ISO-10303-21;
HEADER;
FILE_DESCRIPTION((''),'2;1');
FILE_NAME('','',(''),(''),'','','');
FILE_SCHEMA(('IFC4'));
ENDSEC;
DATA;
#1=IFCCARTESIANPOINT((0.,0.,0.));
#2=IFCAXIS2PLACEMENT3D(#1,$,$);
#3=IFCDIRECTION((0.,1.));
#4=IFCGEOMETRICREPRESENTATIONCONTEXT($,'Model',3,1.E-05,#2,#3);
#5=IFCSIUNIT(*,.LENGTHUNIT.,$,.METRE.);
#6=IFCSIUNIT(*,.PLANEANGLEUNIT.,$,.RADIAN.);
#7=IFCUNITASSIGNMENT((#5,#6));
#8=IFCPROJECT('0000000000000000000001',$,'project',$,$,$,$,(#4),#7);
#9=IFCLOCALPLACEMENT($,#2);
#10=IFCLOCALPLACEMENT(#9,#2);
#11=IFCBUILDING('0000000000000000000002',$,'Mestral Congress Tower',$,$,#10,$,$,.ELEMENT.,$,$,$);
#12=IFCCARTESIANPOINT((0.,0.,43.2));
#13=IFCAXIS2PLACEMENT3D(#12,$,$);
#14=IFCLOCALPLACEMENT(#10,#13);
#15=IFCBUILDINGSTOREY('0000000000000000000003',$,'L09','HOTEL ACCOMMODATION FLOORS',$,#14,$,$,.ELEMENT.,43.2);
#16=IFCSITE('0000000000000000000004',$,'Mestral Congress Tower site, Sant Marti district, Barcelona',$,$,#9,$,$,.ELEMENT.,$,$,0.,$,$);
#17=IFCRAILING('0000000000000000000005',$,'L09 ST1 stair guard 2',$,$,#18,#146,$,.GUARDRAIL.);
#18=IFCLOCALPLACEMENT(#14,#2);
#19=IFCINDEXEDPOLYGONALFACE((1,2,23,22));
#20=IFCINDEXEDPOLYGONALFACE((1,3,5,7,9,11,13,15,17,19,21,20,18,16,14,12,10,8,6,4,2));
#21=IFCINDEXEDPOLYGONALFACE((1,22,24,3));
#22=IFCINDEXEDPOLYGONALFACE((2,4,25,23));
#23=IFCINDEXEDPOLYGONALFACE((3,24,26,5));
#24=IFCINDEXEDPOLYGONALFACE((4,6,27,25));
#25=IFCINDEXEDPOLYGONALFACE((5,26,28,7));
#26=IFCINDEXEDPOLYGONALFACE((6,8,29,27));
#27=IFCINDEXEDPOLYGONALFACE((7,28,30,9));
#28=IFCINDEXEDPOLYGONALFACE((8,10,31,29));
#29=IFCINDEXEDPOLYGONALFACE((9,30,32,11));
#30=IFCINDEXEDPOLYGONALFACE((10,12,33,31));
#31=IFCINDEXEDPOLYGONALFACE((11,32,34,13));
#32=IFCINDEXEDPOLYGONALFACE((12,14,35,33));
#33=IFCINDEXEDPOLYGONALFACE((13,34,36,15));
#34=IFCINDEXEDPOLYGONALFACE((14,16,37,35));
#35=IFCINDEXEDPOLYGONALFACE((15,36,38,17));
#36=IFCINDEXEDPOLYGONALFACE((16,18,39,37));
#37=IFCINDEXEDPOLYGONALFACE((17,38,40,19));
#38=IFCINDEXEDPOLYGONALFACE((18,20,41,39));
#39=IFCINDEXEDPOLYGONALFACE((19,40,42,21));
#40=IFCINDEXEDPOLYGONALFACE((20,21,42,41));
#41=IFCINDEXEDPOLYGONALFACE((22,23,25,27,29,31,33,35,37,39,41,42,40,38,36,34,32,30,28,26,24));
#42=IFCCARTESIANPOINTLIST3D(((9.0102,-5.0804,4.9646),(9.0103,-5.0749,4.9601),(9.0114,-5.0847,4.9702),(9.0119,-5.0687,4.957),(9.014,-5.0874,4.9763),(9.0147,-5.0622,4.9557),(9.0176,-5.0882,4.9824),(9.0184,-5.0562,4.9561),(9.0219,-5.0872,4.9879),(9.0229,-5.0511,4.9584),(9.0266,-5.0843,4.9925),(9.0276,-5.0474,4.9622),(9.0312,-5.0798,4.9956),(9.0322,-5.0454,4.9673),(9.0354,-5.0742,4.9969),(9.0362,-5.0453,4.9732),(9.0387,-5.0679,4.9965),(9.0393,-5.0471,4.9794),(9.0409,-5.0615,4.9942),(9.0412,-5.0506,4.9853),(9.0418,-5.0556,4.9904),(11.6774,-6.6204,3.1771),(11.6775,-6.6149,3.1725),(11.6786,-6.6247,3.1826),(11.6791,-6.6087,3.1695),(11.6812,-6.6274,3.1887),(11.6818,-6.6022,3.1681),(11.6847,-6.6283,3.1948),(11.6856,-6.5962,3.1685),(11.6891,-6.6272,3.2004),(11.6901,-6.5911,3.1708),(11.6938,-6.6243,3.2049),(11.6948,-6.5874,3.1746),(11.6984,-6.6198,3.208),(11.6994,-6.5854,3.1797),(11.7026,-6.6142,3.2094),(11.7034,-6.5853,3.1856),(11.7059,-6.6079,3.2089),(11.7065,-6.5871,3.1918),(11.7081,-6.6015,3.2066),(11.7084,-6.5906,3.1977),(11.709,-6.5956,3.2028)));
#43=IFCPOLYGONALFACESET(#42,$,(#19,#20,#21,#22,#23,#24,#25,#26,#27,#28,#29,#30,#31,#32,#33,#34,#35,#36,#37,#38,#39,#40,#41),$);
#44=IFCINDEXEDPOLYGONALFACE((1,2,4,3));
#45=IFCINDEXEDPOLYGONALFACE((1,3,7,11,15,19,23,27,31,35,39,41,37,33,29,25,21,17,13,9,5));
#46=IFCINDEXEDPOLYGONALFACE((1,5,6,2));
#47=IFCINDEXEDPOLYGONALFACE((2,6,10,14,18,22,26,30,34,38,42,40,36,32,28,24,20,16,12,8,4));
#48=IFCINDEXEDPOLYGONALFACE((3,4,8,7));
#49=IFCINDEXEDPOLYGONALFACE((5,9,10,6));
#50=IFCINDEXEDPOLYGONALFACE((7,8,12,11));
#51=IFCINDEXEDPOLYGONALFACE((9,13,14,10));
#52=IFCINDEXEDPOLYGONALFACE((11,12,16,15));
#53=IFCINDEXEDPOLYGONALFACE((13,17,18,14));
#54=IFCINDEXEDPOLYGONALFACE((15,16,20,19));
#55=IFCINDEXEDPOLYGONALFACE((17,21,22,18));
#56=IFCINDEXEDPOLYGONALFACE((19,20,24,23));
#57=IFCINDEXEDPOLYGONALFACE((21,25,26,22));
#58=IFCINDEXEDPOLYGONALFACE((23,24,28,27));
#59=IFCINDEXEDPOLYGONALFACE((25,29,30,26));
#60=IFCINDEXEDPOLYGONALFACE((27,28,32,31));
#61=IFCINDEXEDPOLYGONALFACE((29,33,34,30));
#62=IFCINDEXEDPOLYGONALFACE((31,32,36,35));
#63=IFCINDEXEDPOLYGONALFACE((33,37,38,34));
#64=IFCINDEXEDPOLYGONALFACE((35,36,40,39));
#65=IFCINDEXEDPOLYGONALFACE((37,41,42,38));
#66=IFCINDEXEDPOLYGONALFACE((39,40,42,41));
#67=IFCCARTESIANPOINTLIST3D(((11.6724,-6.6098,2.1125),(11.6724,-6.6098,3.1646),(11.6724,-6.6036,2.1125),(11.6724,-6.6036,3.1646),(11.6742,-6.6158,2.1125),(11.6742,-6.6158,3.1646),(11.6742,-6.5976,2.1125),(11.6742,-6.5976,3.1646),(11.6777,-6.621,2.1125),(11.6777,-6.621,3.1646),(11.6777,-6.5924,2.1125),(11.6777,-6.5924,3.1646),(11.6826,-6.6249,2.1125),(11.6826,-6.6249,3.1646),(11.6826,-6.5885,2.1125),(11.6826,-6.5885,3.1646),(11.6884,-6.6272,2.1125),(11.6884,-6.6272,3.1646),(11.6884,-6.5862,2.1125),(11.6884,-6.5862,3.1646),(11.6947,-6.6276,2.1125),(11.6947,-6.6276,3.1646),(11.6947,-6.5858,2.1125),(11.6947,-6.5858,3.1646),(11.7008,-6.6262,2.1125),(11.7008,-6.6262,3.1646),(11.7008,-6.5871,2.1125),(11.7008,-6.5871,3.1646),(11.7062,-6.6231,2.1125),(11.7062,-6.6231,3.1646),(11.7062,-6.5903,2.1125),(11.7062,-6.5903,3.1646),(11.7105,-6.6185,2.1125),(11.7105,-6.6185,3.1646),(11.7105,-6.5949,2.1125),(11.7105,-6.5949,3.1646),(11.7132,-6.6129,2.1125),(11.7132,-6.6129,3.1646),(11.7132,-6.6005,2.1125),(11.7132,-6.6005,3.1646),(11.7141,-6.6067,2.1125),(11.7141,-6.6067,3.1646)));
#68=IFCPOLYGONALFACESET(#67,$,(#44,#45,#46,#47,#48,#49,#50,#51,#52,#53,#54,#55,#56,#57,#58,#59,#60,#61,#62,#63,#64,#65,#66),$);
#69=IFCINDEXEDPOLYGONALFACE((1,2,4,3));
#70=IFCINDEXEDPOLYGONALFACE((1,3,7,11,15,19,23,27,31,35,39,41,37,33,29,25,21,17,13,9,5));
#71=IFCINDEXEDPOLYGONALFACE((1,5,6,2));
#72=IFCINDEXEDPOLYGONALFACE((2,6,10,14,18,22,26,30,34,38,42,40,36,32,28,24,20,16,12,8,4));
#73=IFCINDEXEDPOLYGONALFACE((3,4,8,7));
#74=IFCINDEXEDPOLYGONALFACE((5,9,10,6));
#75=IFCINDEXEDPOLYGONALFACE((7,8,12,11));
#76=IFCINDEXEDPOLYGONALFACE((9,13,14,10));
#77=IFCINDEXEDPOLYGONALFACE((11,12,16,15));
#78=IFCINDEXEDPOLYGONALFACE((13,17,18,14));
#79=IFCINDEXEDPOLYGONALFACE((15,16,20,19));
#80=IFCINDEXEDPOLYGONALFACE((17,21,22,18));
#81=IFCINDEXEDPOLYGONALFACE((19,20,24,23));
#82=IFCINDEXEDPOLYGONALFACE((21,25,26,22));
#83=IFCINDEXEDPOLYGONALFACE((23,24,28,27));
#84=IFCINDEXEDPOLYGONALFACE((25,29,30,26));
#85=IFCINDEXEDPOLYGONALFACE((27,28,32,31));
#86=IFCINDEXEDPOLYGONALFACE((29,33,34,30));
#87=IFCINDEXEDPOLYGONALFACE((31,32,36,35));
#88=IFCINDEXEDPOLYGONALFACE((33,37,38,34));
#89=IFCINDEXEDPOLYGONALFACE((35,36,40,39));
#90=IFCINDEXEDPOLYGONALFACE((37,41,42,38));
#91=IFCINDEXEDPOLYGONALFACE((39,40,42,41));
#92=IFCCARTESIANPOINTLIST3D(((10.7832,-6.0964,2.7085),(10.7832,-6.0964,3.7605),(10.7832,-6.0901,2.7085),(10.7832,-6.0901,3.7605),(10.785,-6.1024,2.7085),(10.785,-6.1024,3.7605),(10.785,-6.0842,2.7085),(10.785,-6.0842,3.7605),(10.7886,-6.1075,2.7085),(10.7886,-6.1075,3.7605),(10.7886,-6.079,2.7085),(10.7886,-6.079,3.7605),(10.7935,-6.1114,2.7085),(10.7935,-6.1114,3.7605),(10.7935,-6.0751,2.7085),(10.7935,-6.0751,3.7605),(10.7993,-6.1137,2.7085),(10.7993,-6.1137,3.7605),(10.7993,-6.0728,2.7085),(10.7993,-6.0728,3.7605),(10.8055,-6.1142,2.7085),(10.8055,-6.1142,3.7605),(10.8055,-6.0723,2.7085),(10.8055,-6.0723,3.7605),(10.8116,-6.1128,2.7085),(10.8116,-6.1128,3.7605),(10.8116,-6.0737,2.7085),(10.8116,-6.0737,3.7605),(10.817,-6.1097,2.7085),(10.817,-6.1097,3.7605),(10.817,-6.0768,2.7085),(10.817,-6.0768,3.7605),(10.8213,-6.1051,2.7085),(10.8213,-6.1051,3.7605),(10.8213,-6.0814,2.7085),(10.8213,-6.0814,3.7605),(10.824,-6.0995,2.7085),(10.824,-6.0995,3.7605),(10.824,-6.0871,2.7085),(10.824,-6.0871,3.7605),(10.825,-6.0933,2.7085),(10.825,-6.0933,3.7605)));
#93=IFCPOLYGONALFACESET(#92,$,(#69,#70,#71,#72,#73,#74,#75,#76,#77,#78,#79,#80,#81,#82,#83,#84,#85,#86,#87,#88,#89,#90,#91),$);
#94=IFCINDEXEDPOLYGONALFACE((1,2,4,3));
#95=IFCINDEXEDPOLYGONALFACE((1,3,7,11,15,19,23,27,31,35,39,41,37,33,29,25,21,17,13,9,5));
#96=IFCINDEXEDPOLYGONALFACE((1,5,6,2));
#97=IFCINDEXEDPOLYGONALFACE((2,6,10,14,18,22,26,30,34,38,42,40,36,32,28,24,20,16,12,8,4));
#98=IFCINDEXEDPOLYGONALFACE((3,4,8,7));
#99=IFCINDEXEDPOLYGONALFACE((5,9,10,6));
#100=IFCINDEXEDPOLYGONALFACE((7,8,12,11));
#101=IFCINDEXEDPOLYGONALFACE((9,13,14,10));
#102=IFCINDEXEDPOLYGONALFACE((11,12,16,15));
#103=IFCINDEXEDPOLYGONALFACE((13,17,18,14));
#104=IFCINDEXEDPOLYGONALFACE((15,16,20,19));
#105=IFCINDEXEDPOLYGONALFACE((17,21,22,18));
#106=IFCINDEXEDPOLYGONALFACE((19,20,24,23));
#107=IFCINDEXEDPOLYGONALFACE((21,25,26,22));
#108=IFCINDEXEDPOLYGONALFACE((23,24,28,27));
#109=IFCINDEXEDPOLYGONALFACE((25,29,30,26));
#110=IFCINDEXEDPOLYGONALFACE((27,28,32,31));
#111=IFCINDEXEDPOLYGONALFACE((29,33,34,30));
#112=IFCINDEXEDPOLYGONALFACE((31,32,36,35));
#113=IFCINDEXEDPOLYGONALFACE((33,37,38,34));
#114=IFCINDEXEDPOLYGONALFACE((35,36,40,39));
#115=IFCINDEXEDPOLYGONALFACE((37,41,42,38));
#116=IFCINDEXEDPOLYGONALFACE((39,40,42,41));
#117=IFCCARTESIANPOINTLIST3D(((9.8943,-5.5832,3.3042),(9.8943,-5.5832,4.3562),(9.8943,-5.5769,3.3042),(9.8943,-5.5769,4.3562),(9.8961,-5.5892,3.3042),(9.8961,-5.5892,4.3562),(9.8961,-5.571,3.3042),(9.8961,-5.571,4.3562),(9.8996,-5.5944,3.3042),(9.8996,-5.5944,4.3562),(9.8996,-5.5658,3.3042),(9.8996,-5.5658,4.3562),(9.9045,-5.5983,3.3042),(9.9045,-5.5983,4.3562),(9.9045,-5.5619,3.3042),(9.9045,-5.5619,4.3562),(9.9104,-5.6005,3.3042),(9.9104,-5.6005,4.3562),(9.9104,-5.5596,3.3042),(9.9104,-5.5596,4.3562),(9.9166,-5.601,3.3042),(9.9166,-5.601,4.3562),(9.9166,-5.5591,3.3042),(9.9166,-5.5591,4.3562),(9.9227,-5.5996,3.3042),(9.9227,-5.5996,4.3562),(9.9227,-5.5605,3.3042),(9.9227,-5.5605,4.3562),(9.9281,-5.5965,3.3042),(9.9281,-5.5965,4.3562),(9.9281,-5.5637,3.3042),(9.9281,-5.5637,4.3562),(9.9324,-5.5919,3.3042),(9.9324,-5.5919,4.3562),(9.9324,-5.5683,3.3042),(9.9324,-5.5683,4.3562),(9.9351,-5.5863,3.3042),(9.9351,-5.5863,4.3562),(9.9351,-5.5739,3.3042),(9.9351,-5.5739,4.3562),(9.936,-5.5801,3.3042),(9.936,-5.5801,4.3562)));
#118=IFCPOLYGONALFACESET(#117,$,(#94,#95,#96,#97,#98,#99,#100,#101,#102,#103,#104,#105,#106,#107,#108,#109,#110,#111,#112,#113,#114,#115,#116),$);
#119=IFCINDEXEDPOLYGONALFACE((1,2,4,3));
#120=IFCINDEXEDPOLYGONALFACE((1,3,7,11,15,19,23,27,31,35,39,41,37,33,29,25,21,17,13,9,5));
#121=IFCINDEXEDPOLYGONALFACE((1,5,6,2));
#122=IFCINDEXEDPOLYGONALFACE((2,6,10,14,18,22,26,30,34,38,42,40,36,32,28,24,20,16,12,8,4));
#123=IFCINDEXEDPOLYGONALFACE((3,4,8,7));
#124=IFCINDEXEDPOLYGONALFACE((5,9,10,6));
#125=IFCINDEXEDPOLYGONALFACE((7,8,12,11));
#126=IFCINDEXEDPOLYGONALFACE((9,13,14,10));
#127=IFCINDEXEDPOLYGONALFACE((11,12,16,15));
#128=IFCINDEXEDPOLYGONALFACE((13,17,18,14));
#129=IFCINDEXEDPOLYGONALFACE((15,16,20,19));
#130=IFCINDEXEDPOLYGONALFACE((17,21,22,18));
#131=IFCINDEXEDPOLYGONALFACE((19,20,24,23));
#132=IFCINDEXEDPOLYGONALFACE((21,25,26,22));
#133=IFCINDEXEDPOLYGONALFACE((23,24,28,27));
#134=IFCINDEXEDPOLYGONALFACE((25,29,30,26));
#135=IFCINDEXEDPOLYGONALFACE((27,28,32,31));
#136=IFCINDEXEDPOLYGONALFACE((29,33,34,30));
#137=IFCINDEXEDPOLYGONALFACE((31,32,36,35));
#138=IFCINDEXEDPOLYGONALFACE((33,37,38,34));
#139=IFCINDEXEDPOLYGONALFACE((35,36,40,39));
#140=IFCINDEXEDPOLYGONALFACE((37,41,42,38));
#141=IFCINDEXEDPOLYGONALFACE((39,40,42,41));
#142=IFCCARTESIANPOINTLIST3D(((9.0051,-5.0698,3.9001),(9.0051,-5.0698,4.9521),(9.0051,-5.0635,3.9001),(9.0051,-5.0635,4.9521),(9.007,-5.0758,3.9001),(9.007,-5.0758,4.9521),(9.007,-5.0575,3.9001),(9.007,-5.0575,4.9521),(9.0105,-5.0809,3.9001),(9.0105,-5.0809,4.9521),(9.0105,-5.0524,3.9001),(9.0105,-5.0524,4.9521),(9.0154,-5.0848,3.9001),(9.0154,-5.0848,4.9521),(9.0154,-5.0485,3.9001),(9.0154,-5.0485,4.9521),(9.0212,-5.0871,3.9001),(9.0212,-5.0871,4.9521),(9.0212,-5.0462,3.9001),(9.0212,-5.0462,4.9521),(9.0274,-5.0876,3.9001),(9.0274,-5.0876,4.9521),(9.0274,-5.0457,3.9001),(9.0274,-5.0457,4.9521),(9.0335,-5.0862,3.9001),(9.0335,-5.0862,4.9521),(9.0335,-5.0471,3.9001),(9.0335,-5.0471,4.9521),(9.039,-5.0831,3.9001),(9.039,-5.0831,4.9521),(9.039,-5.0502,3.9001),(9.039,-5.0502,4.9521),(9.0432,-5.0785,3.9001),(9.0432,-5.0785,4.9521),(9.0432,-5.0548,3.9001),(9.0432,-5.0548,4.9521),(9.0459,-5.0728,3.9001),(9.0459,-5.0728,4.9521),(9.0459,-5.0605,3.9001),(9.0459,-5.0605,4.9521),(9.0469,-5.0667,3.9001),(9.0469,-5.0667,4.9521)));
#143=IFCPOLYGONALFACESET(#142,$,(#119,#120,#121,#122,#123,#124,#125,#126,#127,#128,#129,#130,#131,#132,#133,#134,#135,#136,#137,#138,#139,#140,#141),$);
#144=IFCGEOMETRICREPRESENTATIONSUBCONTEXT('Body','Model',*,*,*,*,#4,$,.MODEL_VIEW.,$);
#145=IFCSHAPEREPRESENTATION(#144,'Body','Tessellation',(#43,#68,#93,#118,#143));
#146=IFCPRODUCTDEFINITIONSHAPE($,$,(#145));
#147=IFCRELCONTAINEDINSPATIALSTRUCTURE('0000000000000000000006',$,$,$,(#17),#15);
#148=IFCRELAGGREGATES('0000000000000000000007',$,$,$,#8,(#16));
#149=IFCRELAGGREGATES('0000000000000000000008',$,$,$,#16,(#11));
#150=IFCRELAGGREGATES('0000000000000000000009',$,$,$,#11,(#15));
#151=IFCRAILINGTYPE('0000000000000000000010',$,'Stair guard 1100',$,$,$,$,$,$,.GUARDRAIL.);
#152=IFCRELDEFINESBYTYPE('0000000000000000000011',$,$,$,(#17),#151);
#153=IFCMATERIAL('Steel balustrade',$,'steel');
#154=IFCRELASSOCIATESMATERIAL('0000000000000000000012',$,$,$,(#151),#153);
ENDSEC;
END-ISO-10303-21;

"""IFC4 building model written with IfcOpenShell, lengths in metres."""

from ifc_helpers import new_model, si_unit, direction, frame, origin, origin_2d, place, context, subcontext, project, spatial, circle, extrude, material, type_object, element, save


model = new_model("IFC4")

# Units and contexts
model_context = context("Model", 3, precision=1e-05, world=origin(), true_north=direction((0.0, 1.0)))
body_context = subcontext(model_context, "Body", "Model", "MODEL_VIEW")
ifc_project = project(units=[si_unit("LENGTHUNIT", "METRE"), si_unit("PLANEANGLEUNIT", "RADIAN")], contexts=[model_context])

# Site, building, storey
site_placement = place(None, origin())
site = spatial("IfcSite", under=ifc_project, at=site_placement, Name="Mestral Congress Tower site, Sant Marti district, Barcelona", CompositionType="ELEMENT", RefElevation=0.0)
building_placement = place(site_placement, origin())
building = spatial("IfcBuilding", under=site, at=building_placement, Name="Mestral Congress Tower", CompositionType="ELEMENT")
storey_placement = place(building_placement, frame((0.0, 0.0, 43.2)))
storey = spatial("IfcBuildingStorey", under=building, at=storey_placement, Name="L09", Description="HOTEL ACCOMMODATION FLOORS", CompositionType="ELEMENT", Elevation=43.2)

# Railing
ifc_material_1 = material(Name="Steel balustrade", Category="steel")
railing_type_1 = type_object("IfcRailingType", Name="Stair guard 1100", PredefinedType="GUARDRAIL", material=ifc_material_1)
railing_1_placement = place(storey_placement, frame((11.6931, -6.6067, 2.1125)))
element("IfcRailing", 1, at=railing_1_placement, inside=storey, type_object=railing_type_1, Name="L09 ST1 stair guard 2", PredefinedType="GUARDRAIL", context=body_context, shape_type="SweptSolid", body=[
    extrude(circle(Radius=0.0239, at=origin_2d()), frame((0.0, 0.0, 1.0762), z_axis=(-0.748994, 0.432463, 0.50198), x_axis=(-0.500027, -0.86601, 0.0)), (0.0, 0.0, 1.0), 3.561),
    extrude(circle(Radius=0.021, at=origin_2d()), origin(), (0.0, 0.0, 1.0), 1.052),
    extrude(circle(Radius=0.021, at=origin_2d()), frame((-0.8892, 0.5134, 0.5959)), (0.0, 0.0, 1.0), 1.052),
    extrude(circle(Radius=0.021, at=origin_2d()), frame((-1.7781, 1.0266, 1.1917)), (0.0, 0.0, 1.0), 1.052),
    extrude(circle(Radius=0.021, at=origin_2d()), frame((-2.6672, 1.54, 1.7876)), (0.0, 0.0, 1.0), 1.052),
])

save(model, "model.ifc")
